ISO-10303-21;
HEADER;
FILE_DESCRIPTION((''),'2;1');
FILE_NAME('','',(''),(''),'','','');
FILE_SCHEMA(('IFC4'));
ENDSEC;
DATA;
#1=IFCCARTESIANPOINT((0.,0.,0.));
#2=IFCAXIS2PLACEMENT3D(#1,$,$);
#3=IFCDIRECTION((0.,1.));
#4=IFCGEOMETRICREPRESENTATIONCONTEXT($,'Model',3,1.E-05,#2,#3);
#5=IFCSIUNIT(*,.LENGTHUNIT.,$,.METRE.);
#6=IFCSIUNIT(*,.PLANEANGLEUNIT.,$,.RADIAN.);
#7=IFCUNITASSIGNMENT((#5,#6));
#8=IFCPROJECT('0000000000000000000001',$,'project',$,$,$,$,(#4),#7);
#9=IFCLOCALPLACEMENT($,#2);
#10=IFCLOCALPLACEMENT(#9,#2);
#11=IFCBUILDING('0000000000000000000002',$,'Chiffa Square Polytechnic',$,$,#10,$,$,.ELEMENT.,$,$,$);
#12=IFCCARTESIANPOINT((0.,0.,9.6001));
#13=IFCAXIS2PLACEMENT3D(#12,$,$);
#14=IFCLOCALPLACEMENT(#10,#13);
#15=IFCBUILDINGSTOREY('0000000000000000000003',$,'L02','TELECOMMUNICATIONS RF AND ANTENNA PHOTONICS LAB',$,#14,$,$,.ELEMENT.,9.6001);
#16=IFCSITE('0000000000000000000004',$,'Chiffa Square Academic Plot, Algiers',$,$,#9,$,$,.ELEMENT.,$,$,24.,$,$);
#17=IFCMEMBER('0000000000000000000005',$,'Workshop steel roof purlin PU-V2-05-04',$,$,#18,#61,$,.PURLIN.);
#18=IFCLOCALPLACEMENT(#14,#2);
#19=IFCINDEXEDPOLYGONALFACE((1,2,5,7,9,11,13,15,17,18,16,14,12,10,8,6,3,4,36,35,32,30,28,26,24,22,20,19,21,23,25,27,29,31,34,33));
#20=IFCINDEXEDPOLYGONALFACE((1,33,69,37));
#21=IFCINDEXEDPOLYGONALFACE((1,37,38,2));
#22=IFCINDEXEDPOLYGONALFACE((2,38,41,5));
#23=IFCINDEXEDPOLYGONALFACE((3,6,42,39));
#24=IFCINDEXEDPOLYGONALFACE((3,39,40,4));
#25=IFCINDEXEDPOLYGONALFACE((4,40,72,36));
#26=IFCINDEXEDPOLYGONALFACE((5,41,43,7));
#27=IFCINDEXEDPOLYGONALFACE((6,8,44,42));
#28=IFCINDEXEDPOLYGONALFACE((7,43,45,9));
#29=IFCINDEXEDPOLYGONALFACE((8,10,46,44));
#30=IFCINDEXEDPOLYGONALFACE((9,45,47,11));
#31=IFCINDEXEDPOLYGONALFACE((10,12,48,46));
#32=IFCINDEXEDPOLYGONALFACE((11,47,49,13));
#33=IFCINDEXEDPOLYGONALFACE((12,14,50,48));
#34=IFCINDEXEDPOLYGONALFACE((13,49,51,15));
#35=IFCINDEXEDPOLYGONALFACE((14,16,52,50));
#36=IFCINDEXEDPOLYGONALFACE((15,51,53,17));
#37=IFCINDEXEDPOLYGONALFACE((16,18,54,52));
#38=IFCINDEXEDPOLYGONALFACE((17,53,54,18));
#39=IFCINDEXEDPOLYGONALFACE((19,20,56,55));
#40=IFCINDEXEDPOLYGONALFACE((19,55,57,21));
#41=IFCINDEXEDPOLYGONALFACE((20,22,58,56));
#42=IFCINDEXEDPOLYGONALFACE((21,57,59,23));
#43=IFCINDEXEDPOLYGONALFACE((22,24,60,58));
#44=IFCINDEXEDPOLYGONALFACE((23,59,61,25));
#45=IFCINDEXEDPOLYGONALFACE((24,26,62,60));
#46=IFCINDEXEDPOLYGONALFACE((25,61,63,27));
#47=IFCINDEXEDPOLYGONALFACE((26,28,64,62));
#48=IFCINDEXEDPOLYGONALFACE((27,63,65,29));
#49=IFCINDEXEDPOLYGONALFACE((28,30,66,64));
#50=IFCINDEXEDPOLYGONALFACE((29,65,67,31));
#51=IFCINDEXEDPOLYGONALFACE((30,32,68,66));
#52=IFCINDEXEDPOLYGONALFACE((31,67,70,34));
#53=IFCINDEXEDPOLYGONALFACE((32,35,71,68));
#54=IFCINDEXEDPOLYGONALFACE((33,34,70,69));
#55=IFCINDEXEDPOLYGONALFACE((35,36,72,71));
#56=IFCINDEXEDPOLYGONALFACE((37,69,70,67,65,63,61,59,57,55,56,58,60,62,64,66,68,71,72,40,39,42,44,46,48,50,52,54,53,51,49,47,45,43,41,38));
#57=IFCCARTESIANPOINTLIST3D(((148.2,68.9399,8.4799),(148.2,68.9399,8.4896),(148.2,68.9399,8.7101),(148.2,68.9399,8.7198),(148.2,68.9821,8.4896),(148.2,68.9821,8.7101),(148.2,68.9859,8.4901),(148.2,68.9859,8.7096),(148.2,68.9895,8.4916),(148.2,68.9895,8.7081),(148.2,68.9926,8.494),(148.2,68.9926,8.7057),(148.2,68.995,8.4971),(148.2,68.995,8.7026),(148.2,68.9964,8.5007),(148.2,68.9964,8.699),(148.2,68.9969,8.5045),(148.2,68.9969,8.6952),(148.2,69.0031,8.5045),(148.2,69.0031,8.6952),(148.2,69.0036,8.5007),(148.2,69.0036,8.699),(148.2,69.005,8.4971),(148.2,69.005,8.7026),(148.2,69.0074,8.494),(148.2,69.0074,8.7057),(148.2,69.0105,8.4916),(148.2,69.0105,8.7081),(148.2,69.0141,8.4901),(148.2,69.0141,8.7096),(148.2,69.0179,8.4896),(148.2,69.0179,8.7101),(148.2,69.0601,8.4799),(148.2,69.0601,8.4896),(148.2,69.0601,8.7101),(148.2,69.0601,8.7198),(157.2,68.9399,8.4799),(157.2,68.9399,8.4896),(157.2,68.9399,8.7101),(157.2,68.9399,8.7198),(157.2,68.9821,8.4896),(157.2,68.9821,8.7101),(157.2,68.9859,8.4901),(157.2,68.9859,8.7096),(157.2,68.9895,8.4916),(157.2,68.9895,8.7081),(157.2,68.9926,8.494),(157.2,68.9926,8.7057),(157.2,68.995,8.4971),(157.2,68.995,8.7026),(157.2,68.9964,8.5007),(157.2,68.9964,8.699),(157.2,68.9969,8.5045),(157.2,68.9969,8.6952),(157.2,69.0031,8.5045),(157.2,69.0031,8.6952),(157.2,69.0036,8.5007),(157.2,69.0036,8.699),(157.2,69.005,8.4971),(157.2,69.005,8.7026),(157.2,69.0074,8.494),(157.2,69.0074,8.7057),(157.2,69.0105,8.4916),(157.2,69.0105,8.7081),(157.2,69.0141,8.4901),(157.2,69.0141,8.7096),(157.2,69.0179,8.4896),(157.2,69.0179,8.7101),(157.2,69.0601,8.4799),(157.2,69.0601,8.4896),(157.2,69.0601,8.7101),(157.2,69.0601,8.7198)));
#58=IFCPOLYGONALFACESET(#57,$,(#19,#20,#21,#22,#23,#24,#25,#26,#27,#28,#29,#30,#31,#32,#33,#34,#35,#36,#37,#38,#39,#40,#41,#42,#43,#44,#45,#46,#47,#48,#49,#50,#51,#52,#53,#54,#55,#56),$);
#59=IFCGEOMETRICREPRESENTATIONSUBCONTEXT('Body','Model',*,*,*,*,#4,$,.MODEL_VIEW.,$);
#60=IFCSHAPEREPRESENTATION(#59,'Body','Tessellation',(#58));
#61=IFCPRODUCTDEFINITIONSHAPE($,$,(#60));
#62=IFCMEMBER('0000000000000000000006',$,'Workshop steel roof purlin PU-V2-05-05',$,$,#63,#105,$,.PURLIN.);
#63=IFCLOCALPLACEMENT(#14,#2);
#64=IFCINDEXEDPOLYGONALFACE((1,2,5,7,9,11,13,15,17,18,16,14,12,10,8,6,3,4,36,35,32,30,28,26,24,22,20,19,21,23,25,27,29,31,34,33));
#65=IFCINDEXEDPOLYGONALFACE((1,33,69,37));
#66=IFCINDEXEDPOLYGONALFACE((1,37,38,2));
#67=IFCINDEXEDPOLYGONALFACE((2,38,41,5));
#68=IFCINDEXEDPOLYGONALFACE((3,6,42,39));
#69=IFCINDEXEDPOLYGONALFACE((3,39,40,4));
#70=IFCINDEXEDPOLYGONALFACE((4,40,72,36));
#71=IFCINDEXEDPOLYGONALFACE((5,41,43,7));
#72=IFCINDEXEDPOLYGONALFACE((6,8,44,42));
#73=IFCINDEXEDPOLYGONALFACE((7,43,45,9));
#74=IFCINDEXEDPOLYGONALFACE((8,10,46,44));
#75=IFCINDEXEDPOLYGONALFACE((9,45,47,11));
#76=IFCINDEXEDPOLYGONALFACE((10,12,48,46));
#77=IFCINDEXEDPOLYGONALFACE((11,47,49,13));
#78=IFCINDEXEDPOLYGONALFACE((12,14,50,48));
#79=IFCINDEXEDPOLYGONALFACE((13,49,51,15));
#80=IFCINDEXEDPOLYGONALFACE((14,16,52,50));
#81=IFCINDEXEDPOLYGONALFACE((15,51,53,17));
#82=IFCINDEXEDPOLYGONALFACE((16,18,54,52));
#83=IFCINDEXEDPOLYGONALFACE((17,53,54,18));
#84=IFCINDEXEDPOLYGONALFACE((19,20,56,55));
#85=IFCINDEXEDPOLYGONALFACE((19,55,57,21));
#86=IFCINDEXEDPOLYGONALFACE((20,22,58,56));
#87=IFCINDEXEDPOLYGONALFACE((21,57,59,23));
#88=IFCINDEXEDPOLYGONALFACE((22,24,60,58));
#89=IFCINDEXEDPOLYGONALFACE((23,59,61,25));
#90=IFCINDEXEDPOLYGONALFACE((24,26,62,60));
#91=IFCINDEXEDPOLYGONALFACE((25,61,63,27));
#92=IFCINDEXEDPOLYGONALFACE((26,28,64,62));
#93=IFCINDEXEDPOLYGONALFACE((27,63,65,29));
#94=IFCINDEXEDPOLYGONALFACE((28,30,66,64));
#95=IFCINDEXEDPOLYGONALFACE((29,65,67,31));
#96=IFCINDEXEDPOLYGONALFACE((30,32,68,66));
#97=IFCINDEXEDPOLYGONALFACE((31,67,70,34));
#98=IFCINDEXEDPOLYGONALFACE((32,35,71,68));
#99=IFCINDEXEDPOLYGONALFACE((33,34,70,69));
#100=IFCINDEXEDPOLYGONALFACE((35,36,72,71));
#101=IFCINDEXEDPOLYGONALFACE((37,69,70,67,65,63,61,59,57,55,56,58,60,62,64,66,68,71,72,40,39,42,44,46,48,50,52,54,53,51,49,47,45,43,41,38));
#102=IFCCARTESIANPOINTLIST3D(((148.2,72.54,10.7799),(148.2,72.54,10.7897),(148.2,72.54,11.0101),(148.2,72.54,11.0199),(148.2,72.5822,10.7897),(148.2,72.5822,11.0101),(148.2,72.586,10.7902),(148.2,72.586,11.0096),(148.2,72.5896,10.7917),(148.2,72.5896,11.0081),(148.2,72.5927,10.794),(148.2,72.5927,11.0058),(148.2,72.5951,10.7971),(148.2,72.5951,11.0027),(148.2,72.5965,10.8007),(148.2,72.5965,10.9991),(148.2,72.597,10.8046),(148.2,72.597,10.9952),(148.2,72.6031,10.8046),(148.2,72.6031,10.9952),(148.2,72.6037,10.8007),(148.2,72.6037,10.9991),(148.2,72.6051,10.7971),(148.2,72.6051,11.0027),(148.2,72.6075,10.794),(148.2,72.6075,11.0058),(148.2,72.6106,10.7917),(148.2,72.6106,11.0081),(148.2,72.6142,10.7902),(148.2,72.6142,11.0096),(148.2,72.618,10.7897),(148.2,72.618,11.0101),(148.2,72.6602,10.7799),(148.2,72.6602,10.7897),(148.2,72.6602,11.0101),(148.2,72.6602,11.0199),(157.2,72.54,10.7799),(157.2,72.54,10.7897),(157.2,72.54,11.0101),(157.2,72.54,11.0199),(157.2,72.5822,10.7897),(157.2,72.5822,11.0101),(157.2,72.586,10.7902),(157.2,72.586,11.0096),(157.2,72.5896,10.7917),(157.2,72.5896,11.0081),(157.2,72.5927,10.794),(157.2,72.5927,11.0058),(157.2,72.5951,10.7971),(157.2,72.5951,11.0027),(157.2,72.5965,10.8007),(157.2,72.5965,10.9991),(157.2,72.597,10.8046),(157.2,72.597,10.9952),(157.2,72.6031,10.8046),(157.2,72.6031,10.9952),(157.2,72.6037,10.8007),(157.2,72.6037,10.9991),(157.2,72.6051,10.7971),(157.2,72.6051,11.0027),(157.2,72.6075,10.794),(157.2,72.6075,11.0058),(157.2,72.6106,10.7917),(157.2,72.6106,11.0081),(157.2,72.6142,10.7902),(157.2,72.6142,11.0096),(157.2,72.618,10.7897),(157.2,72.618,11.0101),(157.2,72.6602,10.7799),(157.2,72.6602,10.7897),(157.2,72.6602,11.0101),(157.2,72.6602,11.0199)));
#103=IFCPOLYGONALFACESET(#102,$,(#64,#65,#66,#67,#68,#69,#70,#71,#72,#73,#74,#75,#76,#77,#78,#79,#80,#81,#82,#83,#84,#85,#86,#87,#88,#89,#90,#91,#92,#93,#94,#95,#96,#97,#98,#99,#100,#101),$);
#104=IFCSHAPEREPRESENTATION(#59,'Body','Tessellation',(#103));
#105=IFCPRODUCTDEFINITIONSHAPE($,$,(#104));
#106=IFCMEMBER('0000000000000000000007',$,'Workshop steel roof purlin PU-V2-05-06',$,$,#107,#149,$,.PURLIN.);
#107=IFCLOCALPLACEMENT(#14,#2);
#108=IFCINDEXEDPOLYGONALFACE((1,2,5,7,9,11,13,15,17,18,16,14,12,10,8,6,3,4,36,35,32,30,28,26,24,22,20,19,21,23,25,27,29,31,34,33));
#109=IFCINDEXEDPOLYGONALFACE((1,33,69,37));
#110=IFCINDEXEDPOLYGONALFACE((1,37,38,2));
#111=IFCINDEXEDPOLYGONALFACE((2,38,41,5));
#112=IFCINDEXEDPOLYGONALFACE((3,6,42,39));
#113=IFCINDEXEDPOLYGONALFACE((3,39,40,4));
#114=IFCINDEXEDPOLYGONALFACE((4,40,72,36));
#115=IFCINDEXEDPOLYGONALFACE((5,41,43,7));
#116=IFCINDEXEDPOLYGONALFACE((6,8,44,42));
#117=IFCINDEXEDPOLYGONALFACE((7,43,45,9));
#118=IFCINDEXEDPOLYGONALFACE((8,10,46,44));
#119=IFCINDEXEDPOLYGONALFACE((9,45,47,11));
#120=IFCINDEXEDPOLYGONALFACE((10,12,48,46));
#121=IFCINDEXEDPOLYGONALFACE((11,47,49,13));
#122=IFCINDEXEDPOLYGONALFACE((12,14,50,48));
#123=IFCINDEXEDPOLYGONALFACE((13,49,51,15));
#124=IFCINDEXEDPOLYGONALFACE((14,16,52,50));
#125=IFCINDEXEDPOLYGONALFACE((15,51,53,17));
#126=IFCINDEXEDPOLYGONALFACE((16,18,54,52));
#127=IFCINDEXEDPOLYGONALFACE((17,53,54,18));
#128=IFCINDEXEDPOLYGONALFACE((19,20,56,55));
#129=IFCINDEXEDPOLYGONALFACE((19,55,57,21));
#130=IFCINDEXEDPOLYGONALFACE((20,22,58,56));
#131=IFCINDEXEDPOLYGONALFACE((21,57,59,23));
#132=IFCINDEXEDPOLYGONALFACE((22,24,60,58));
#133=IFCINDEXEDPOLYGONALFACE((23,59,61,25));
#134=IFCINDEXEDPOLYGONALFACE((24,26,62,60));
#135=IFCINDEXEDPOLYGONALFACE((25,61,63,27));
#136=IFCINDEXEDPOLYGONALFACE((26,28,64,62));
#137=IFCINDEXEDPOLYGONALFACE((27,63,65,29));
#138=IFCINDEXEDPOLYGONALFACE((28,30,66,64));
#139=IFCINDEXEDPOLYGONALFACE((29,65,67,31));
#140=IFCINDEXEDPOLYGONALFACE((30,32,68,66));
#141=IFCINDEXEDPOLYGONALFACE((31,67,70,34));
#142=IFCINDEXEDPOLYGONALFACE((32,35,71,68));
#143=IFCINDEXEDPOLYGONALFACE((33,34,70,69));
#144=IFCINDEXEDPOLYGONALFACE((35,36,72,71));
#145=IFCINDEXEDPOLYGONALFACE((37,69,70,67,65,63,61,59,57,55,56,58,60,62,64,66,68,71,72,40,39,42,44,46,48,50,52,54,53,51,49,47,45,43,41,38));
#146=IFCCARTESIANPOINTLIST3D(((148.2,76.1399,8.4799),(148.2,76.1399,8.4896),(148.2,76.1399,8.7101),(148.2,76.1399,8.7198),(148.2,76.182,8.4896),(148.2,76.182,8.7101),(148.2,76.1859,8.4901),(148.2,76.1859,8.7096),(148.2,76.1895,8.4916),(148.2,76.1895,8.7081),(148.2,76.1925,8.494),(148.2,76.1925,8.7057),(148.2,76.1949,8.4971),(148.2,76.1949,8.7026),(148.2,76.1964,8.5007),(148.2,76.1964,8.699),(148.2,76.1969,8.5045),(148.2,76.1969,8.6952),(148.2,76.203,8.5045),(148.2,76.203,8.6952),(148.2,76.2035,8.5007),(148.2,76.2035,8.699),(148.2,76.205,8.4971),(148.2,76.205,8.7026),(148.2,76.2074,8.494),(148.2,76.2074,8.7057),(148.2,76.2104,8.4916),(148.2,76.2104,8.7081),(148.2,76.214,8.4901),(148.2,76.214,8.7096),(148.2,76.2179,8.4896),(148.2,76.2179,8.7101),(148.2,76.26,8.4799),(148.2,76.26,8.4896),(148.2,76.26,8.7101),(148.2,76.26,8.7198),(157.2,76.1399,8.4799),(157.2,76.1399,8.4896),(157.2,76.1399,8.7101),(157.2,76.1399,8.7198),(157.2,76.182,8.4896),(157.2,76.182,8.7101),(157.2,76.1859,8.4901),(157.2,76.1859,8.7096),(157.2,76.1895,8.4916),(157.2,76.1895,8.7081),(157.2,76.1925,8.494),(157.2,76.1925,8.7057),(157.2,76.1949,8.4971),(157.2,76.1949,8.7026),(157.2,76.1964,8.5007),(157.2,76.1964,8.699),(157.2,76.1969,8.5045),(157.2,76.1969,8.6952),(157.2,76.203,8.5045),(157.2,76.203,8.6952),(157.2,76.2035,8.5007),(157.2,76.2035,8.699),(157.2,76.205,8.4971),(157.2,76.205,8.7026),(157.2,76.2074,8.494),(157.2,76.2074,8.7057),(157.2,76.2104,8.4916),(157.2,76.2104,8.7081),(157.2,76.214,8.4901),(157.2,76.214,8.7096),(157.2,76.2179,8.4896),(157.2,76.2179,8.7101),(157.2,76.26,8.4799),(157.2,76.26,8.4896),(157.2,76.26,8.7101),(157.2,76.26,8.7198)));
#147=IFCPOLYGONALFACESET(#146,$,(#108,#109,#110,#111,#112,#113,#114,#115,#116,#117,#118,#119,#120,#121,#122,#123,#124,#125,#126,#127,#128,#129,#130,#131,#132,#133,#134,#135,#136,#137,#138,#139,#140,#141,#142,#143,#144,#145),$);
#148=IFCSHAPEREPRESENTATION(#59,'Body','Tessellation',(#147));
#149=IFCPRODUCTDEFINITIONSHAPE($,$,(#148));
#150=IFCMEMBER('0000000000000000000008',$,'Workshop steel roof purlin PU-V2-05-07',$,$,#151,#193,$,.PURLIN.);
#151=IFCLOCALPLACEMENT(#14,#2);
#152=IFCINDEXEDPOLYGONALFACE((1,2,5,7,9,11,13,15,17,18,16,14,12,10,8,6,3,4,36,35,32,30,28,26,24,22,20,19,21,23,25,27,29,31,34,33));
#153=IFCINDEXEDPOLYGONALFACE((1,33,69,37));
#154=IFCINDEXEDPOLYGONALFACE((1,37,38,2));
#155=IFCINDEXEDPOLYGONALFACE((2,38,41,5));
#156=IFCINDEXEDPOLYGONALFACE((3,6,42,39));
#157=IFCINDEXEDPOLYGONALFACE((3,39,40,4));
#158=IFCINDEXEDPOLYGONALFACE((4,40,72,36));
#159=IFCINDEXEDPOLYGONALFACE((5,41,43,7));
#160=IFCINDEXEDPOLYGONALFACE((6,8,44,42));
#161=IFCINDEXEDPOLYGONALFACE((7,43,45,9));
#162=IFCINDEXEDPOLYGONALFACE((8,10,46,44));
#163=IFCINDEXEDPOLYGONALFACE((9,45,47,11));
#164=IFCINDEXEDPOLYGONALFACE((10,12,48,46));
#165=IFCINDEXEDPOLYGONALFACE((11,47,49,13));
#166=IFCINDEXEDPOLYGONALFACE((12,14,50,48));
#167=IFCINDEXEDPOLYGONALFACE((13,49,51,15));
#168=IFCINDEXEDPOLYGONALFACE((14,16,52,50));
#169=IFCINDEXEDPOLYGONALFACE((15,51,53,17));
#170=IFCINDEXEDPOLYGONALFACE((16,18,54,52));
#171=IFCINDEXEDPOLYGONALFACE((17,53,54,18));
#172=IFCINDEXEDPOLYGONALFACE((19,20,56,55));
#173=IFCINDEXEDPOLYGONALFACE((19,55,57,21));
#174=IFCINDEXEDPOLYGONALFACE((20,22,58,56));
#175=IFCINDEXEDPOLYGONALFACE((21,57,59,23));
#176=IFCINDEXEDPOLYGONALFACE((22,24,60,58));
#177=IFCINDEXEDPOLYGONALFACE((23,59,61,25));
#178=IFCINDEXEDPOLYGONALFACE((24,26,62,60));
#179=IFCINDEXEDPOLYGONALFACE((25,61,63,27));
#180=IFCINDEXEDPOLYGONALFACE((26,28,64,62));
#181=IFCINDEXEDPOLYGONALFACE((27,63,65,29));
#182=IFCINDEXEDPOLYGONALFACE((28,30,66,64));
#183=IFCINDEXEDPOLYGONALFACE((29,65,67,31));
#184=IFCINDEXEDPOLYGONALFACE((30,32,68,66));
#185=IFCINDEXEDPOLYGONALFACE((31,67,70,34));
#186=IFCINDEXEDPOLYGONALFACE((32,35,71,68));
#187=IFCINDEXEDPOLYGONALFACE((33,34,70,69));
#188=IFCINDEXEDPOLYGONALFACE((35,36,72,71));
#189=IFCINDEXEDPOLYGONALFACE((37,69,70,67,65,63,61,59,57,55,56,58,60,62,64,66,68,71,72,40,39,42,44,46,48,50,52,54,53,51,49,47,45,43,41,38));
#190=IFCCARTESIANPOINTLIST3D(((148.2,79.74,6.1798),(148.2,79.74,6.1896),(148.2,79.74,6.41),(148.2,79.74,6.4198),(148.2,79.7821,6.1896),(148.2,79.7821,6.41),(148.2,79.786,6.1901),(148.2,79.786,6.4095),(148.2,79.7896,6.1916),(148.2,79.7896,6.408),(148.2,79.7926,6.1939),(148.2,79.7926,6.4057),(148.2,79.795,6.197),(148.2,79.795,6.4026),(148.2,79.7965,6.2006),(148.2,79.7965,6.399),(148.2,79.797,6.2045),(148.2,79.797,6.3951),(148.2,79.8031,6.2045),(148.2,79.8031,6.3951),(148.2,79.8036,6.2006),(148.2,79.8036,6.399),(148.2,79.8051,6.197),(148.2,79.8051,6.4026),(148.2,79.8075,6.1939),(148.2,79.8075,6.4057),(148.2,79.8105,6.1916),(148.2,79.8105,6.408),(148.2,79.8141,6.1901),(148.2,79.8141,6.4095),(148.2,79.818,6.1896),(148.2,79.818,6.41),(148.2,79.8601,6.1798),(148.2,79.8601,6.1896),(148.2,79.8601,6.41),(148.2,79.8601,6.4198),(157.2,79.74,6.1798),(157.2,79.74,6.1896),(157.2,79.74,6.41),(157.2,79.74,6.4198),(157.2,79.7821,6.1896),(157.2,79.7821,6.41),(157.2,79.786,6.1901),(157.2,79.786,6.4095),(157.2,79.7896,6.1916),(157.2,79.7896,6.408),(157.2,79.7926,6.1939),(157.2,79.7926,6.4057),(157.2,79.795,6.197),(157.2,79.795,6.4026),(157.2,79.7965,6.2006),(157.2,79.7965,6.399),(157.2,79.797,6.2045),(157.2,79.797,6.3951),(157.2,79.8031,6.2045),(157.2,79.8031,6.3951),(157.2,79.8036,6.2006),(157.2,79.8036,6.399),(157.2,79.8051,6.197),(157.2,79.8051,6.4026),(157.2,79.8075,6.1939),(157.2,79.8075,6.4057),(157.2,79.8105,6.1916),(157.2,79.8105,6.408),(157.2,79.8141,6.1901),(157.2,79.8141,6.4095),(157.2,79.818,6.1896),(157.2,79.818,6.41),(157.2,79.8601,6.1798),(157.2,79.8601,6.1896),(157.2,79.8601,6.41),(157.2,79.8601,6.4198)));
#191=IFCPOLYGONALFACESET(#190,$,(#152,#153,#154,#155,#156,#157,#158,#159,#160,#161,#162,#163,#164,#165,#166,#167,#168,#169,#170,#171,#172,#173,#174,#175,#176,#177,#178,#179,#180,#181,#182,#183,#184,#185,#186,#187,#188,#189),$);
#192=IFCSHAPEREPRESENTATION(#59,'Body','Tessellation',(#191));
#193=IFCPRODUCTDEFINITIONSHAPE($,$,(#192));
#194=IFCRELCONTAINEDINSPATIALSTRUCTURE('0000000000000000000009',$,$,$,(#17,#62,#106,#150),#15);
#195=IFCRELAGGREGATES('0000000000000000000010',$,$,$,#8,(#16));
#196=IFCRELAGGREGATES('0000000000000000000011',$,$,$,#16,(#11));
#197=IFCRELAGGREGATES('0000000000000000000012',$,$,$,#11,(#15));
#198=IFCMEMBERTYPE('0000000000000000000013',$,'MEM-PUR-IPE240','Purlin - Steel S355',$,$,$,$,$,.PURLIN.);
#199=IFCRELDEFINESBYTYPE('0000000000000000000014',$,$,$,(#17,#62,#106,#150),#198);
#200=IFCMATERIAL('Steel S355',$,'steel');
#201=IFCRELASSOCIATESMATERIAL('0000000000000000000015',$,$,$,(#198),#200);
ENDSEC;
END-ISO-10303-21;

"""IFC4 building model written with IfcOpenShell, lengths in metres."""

from ifc_helpers import new_model, si_unit, direction, frame, origin, origin_2d, place, context, subcontext, project, spatial, i_section, extrude, material, material_profile, profile_set, type_object, element, save


model = new_model("IFC4")

# Units and contexts
model_context = context("Model", 3, precision=1e-05, world=origin(), true_north=direction((0.0, 1.0)))
body_context = subcontext(model_context, "Body", "Model", "MODEL_VIEW")
ifc_project = project(units=[si_unit("LENGTHUNIT", "METRE"), si_unit("PLANEANGLEUNIT", "RADIAN")], contexts=[model_context])

# Site, building, storey
site_placement = place(None, origin())
site = spatial("IfcSite", under=ifc_project, at=site_placement, Name="Chiffa Square Academic Plot, Algiers", CompositionType="ELEMENT", RefElevation=24.0)
building_placement = place(site_placement, origin())
building = spatial("IfcBuilding", under=site, at=building_placement, Name="Chiffa Square Polytechnic", CompositionType="ELEMENT")
storey_placement = place(building_placement, frame((0.0, 0.0, 9.6001)))
storey = spatial("IfcBuildingStorey", under=building, at=storey_placement, Name="L02", Description="TELECOMMUNICATIONS RF AND ANTENNA PHOTONICS LAB", CompositionType="ELEMENT", Elevation=9.6001)

# Members
ifc_material_1 = material(Name="Steel S355", Category="steel")
ifc_material_profile_1 = material_profile(ifc_material_1, i_section(OverallWidth=0.1201, OverallDepth=0.24, WebThickness=0.0061, FlangeThickness=0.0098, FilletRadius=0.0149, at=origin_2d()), Name="IPE 240")
ifc_profile_set_1 = profile_set([ifc_material_profile_1], Name="Steel S355")
member_type_1 = type_object("IfcMemberType", Name="MEM-PUR-IPE240", Description="Purlin - Steel S355", PredefinedType="PURLIN", material=ifc_profile_set_1)
for number, where, z_axis, x_axis, name in (
    (1, (148.2, 69.0, 8.5999), (1.0, 0.0, 0.0), (0.0, 1.0, 0.0), "Workshop steel roof purlin PU-V2-05-04"),
    (2, (148.2, 72.6001, 10.8999), (1.0, 0.0, 0.0), (0.0, 1.0, 0.0), "Workshop steel roof purlin PU-V2-05-05"),
    (3, (148.2, 76.2, 8.5999), (1.0, 0.0, 0.0), (0.0, 1.0, 0.0), "Workshop steel roof purlin PU-V2-05-06"),
    (4, (148.2, 79.8, 6.2998), (1.0, 0.0, 0.0), (0.0, 1.0, 0.0), "Workshop steel roof purlin PU-V2-05-07"),
):
    element("IfcMember", number, at=place(storey_placement, frame(where, z_axis=z_axis, x_axis=x_axis)), inside=storey, type_object=member_type_1, Name=name, PredefinedType="PURLIN", context=body_context, shape_type="SweptSolid", body=[
        extrude(i_section(OverallWidth=0.1201, OverallDepth=0.24, WebThickness=0.0061, FlangeThickness=0.0098, FilletRadius=0.0149, at=origin_2d()), origin(), (0.0, 0.0, 1.0), 9.0),
    ])

save(model, "model.ifc")
